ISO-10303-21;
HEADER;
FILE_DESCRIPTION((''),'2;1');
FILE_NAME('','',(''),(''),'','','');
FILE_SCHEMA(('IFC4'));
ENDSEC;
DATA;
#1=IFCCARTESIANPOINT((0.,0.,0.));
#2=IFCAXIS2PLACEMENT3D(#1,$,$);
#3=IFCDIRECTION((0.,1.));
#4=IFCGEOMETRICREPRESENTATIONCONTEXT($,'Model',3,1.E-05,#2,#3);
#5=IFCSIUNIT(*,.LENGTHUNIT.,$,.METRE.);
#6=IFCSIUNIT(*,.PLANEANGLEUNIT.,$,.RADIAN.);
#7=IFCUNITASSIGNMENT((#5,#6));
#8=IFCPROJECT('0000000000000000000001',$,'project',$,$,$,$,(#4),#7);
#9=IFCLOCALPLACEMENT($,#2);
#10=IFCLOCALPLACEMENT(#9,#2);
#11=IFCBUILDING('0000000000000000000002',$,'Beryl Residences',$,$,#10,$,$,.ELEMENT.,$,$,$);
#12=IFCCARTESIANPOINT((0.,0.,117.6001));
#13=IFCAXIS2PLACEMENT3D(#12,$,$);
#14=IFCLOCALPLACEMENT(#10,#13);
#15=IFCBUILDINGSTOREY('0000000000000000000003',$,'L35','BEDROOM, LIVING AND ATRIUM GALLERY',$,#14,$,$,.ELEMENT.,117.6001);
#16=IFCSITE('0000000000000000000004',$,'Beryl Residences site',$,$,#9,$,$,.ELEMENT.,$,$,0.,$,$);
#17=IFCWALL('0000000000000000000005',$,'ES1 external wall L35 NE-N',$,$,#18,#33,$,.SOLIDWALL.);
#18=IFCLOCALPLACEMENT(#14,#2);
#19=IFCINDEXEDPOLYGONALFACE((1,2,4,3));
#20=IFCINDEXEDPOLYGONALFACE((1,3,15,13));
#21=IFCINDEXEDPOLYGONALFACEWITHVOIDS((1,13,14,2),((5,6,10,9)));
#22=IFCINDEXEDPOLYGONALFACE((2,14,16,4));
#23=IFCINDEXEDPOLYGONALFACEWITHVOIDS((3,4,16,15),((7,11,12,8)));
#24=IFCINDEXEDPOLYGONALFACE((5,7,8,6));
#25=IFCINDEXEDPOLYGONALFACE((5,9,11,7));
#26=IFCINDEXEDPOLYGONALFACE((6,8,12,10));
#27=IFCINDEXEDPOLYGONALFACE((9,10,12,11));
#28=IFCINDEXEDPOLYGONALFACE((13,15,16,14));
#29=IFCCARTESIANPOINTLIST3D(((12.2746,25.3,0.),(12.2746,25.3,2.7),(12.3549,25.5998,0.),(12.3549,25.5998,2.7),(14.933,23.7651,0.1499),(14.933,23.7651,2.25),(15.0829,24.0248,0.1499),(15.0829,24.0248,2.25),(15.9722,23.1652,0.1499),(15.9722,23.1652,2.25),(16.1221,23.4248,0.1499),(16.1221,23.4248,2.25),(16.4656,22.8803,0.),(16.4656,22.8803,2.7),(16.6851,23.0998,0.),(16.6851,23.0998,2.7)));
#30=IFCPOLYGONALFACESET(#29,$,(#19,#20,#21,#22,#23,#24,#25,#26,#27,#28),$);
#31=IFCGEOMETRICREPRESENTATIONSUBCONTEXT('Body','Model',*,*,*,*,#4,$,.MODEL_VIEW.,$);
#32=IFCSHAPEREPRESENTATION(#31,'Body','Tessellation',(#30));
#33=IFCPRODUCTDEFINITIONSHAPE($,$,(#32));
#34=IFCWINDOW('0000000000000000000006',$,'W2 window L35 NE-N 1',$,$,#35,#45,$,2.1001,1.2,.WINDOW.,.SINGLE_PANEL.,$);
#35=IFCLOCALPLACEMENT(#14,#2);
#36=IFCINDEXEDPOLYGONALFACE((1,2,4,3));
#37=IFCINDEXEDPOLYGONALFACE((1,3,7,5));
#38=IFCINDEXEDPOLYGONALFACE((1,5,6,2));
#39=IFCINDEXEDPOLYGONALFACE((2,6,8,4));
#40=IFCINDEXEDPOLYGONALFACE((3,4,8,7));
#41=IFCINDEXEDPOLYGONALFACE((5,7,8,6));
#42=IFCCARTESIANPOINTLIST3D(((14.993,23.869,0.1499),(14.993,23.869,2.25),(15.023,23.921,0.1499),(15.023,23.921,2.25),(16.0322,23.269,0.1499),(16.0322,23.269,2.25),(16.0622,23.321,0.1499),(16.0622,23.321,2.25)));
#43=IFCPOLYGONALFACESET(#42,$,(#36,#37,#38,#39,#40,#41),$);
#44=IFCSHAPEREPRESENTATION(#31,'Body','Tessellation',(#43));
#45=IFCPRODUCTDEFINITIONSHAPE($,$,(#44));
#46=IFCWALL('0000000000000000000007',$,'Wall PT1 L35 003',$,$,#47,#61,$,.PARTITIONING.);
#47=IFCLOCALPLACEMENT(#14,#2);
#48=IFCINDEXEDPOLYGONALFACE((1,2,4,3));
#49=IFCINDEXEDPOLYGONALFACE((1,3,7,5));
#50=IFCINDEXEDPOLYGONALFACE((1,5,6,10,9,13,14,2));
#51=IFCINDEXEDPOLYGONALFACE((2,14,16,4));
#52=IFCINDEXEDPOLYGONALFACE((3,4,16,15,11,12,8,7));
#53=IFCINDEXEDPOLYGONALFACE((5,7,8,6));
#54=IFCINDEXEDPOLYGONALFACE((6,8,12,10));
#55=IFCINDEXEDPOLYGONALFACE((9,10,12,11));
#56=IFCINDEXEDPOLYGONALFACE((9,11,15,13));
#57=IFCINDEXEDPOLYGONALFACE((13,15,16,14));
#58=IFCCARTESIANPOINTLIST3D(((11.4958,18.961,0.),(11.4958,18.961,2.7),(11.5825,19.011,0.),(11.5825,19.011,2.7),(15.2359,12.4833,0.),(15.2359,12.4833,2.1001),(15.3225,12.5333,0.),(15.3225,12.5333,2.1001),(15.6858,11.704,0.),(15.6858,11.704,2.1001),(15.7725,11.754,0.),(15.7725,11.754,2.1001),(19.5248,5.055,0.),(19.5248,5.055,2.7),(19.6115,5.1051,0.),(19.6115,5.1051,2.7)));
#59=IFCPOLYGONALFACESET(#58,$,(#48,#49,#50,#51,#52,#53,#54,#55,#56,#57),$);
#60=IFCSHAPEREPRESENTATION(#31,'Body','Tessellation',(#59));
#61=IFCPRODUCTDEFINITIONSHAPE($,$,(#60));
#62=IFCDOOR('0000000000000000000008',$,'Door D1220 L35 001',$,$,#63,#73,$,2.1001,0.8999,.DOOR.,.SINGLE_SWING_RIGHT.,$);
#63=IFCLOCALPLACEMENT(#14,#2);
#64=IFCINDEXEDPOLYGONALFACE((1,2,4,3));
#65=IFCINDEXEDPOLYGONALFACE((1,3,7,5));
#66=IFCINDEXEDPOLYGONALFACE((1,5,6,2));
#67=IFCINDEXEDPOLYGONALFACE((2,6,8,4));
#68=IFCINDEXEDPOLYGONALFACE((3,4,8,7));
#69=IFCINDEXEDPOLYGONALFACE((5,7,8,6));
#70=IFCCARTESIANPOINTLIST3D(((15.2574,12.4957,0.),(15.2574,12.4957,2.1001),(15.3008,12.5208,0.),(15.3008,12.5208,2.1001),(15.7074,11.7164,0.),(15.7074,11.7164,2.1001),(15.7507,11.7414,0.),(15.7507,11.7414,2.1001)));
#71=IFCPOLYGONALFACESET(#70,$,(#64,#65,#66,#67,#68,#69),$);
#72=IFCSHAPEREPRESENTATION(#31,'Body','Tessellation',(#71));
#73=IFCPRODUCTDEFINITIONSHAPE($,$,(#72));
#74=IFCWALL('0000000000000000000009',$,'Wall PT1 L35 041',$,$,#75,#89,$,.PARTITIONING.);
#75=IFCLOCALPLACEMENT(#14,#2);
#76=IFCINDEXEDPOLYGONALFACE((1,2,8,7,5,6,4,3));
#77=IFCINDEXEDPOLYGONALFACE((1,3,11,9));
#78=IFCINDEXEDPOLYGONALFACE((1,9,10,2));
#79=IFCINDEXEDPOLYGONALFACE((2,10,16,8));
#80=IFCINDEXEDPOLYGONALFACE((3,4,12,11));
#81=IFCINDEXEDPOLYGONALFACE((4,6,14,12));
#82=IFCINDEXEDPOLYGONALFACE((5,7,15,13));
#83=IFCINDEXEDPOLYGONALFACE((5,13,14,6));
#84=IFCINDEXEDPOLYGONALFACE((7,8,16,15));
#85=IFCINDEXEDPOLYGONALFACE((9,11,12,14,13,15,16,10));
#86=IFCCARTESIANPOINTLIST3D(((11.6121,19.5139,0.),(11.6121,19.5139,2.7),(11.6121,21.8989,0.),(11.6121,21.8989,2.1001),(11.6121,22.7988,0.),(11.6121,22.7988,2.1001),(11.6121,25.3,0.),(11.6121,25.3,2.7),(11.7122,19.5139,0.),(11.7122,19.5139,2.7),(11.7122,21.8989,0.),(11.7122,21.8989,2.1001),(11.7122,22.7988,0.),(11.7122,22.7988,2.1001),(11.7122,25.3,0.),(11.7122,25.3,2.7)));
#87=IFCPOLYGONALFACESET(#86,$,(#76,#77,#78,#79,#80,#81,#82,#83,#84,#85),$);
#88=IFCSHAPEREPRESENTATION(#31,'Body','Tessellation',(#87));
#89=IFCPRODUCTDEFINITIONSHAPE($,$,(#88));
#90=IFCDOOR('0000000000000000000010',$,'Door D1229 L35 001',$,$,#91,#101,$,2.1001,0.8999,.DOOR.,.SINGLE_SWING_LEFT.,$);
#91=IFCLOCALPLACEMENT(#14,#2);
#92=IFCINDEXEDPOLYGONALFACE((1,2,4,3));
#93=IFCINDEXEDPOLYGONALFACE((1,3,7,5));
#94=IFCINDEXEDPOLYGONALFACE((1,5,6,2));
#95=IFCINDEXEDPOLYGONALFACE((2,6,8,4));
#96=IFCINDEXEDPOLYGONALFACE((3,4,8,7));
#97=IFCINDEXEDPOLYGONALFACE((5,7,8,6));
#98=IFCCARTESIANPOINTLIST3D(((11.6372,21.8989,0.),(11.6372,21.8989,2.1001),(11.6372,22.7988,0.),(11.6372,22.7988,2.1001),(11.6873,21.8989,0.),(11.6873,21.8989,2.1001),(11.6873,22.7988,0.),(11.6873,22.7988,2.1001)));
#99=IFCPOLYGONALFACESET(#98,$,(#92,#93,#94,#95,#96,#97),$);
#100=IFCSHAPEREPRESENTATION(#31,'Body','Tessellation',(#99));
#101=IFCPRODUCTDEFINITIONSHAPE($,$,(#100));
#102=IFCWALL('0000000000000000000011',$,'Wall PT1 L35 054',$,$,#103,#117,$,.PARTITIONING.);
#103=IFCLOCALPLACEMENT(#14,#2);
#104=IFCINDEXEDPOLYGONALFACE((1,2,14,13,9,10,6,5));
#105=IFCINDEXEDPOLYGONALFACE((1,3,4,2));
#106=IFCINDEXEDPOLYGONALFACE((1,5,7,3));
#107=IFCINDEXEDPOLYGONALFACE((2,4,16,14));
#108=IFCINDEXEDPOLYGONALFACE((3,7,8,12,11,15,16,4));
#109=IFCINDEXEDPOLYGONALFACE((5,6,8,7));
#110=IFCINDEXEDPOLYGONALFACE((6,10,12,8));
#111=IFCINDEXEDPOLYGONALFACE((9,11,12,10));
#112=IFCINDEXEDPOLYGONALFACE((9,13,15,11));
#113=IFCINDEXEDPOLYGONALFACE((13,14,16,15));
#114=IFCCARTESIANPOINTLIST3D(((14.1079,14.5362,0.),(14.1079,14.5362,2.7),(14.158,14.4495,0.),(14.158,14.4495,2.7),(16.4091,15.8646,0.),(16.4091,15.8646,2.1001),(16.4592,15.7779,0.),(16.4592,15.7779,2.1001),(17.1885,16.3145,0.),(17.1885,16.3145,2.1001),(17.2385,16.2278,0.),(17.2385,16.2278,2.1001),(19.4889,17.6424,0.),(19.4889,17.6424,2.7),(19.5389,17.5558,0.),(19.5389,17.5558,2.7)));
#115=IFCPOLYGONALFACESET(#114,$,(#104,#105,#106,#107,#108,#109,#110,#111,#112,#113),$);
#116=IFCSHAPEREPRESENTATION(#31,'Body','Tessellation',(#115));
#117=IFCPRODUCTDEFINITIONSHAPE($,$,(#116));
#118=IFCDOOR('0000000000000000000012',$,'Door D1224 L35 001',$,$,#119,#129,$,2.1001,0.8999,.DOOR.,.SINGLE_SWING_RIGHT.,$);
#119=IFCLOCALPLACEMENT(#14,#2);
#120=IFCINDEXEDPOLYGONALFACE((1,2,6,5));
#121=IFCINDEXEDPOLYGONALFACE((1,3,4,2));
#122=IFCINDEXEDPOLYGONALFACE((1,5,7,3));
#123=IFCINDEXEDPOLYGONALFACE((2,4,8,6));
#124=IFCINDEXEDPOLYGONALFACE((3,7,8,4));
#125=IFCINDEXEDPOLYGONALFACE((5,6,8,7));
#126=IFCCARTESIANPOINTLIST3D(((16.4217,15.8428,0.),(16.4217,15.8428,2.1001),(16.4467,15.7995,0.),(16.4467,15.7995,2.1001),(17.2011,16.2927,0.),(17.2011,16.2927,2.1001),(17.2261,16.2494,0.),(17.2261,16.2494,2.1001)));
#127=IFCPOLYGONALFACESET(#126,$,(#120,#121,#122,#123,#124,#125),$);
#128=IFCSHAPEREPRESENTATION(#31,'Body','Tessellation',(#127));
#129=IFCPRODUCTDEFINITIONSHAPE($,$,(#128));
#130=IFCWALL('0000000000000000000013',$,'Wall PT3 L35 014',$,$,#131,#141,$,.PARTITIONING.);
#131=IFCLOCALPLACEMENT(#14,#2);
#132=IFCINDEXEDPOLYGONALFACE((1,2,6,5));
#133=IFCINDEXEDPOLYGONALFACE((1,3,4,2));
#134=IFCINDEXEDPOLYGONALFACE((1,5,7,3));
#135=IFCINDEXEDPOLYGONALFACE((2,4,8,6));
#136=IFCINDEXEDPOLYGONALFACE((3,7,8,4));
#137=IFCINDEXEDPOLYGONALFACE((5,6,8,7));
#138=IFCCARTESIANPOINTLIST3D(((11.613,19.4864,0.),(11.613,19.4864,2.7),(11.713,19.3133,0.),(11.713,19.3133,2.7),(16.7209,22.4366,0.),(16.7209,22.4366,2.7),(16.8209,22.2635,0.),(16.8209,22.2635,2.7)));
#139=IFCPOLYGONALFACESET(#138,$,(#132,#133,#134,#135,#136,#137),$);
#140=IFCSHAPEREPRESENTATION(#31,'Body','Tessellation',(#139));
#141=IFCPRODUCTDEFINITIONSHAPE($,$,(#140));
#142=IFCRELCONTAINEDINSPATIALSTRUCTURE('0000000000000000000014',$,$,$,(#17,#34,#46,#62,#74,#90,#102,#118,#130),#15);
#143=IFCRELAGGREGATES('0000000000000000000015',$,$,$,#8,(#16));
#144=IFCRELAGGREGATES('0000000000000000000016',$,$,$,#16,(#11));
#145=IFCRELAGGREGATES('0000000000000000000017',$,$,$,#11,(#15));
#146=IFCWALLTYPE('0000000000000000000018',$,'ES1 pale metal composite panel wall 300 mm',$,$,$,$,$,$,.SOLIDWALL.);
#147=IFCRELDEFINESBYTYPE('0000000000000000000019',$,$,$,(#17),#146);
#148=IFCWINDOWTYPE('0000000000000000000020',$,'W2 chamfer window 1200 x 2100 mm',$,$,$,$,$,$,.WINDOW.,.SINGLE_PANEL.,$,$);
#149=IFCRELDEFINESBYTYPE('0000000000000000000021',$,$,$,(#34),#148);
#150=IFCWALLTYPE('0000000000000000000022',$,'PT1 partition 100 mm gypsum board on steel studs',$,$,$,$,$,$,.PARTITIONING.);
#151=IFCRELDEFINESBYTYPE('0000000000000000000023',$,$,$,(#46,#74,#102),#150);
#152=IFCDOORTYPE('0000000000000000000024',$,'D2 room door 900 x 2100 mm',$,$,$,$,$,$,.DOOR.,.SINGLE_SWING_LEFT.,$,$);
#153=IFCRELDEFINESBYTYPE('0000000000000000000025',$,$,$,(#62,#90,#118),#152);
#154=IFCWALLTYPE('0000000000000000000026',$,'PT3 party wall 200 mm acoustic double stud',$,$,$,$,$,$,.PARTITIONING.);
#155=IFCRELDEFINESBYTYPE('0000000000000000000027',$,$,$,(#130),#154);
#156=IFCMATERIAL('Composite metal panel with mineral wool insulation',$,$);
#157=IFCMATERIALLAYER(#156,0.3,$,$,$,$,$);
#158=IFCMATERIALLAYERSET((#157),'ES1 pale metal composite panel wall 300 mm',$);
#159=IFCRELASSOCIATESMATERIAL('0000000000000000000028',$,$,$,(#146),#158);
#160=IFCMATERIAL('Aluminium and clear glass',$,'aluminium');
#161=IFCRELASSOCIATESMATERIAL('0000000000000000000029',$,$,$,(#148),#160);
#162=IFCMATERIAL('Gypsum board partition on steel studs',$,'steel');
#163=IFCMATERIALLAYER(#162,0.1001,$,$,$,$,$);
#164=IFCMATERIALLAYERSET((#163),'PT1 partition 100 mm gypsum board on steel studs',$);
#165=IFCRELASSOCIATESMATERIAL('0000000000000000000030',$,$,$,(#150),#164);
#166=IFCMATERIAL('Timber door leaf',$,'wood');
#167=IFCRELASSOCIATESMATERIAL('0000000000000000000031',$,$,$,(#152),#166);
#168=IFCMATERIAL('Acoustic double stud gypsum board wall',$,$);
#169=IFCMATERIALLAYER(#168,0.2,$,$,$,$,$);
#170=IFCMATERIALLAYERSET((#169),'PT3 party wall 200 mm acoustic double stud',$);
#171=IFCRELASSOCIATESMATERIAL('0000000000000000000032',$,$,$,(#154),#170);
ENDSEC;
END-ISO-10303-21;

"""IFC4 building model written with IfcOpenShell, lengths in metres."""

from ifc_helpers import new_model, si_unit, direction, frame, frame_2d, origin, place, context, subcontext, project, spatial, polyline, rectangle, outline, extrude, material, layer, layer_set, type_object, element, fill, save


model = new_model("IFC4")

# Units and contexts
model_context = context("Model", 3, precision=1e-05, world=origin(), true_north=direction((0.0, 1.0)))
body_context = subcontext(model_context, "Body", "Model", "MODEL_VIEW")
ifc_project = project(units=[si_unit("LENGTHUNIT", "METRE"), si_unit("PLANEANGLEUNIT", "RADIAN")], contexts=[model_context])

# Site, building, storey
site_placement = place(None, origin())
site = spatial("IfcSite", under=ifc_project, at=site_placement, Name="Beryl Residences site", CompositionType="ELEMENT", RefElevation=0.0)
building_placement = place(site_placement, origin())
building = spatial("IfcBuilding", under=site, at=building_placement, Name="Beryl Residences", CompositionType="ELEMENT")
storey_placement = place(building_placement, frame((0.0, 0.0, 117.6001)))
storey = spatial("IfcBuildingStorey", under=building, at=storey_placement, Name="L35", Description="BEDROOM, LIVING AND ATRIUM GALLERY", CompositionType="ELEMENT", Elevation=117.6001)

# Shared definitions
ifc_material_1 = material(Name="Composite metal panel with mineral wool insulation")
ifc_layer_1 = layer(ifc_material_1, 0.3)
ifc_layer_set_1 = layer_set([ifc_layer_1], Name="ES1 pale metal composite panel wall 300 mm")
wall_type_1 = type_object("IfcWallType", Name="ES1 pale metal composite panel wall 300 mm", PredefinedType="SOLIDWALL", material=ifc_layer_set_1)

# Wall, opening, window
wall_1_placement = place(storey_placement, frame((16.6101, 22.97, 0.0), z_axis=(0.0, 0.0, 1.0), x_axis=(-0.866023, 0.500004, 0.0)))
wall_1 = element("IfcWall", 1, at=wall_1_placement, inside=storey, type_object=wall_type_1, Name="ES1 external wall L35 NE-N", PredefinedType="SOLIDWALL", context=body_context, shape_type="SweptSolid", body=[
    extrude(outline(polyline([(0.0, -0.1499), (5.0, -0.1499), (4.9197, 0.1499), (0.0803, 0.1499), (0.0, -0.1499)])), origin(), (0.0, 0.0, 1.0), 2.7),
])
opening_1_placement = place(wall_1_placement, frame((0.6499, 0.0, 0.1499)))
opening_1 = element("IfcOpeningElement", 2, at=opening_1_placement, cuts=wall_1, PredefinedType="OPENING", context=body_context, shape_type="SweptSolid", body=[
    extrude(rectangle(XDim=1.2, YDim=2.1001, at=frame_2d((0.6001, 1.05))), frame((0.0, 0.1599, 0.0), z_axis=(0.0, -1.0, 0.0), x_axis=(1.0, 0.0, 0.0)), (0.0, 0.0, 1.0), 0.3201),
])
ifc_material_2 = material(Name="Aluminium and clear glass", Category="aluminium")
window_type_1 = type_object("IfcWindowType", Name="W2 chamfer window 1200 x 2100 mm", PartitioningType="SINGLE_PANEL", PredefinedType="WINDOW", material=ifc_material_2)
window_1_placement = place(opening_1_placement, origin())
window_1 = element("IfcWindow", 3, at=window_1_placement, inside=storey, type_object=window_type_1, Name="W2 window L35 NE-N 1", OverallHeight=2.1001, OverallWidth=1.2, PartitioningType="SINGLE_PANEL", PredefinedType="WINDOW", context=body_context, shape_type="SweptSolid", body=[
    extrude(rectangle(XDim=1.2, YDim=2.1001, at=frame_2d((0.6001, 1.05))), frame((0.0, 0.03, 0.0), z_axis=(0.0, -1.0, 0.0), x_axis=(1.0, 0.0, 0.0)), (0.0, 0.0, 1.0), 0.0601),
])
fill(opening_1, window_1)

# Walls, openings, doors
ifc_material_3 = material(Name="Gypsum board partition on steel studs", Category="steel")
ifc_layer_2 = layer(ifc_material_3, 0.1001)
ifc_layer_set_2 = layer_set([ifc_layer_2], Name="PT1 partition 100 mm gypsum board on steel studs")
wall_type_2 = type_object("IfcWallType", Name="PT1 partition 100 mm gypsum board on steel studs", PredefinedType="PARTITIONING", material=ifc_layer_set_2)
wall_2_placement = place(storey_placement, frame((11.5391, 18.9861, 0.0), z_axis=(0.0, 0.0, 1.0), x_axis=(0.500019, -0.866014, 0.0)))
wall_2 = element("IfcWall", 4, at=wall_2_placement, inside=storey, type_object=wall_type_2, Name="Wall PT1 L35 003", PredefinedType="PARTITIONING", context=body_context, shape_type="SweptSolid", body=[
    extrude(rectangle(XDim=16.0574, YDim=0.1001, at=frame_2d((8.0288, 0.0))), origin(), (0.0, 0.0, 1.0), 2.7),
])
opening_2_placement = place(wall_2_placement, frame((7.48, 0.0, 0.0)))
opening_2 = element("IfcOpeningElement", 5, at=opening_2_placement, cuts=wall_2, PredefinedType="OPENING", context=body_context, shape_type="SweptSolid", body=[
    extrude(rectangle(XDim=0.8999, YDim=2.1001, at=frame_2d((0.45, 1.05))), frame((0.0, 0.0601, 0.0), z_axis=(0.0, -1.0, 0.0), x_axis=(1.0, 0.0, 0.0)), (0.0, 0.0, 1.0), 0.1201),
])
ifc_material_4 = material(Name="Timber door leaf", Category="wood")
door_type = type_object("IfcDoorType", Name="D2 room door 900 x 2100 mm", OperationType="SINGLE_SWING_LEFT", PredefinedType="DOOR", material=ifc_material_4)
door_1_placement = place(opening_2_placement, origin())
door_1 = element("IfcDoor", 6, at=door_1_placement, inside=storey, type_object=door_type, Name="Door D1220 L35 001", OperationType="SINGLE_SWING_RIGHT", OverallHeight=2.1001, OverallWidth=0.8999, PredefinedType="DOOR", context=body_context, shape_type="SweptSolid", body=[
    extrude(rectangle(XDim=0.8999, YDim=2.1001, at=frame_2d((0.45, 1.05))), frame((0.0, 0.0249, 0.0), z_axis=(0.0, -1.0, 0.0), x_axis=(1.0, 0.0, 0.0)), (0.0, 0.0, 1.0), 0.05),
])
fill(opening_2, door_1)
wall_3_placement = place(storey_placement, frame((11.6621, 19.5139, 0.0), z_axis=(0.0, 0.0, 1.0), x_axis=(0.0, 1.0, 0.0)))
wall_3 = element("IfcWall", 7, at=wall_3_placement, inside=storey, type_object=wall_type_2, Name="Wall PT1 L35 041", PredefinedType="PARTITIONING", context=body_context, shape_type="SweptSolid", body=[
    extrude(rectangle(XDim=5.7861, YDim=0.1001, at=frame_2d((2.8931, 0.0))), origin(), (0.0, 0.0, 1.0), 2.7),
])
opening_3_placement = place(wall_3_placement, frame((2.385, 0.0, 0.0)))
opening_3 = element("IfcOpeningElement", 8, at=opening_3_placement, cuts=wall_3, PredefinedType="OPENING", context=body_context, shape_type="SweptSolid", body=[
    extrude(rectangle(XDim=0.8999, YDim=2.1001, at=frame_2d((0.45, 1.05))), frame((0.0, 0.0601, 0.0), z_axis=(0.0, -1.0, 0.0), x_axis=(1.0, 0.0, 0.0)), (0.0, 0.0, 1.0), 0.1201),
])
door_2_placement = place(opening_3_placement, origin())
door_2 = element("IfcDoor", 9, at=door_2_placement, inside=storey, type_object=door_type, Name="Door D1229 L35 001", OperationType="SINGLE_SWING_LEFT", OverallHeight=2.1001, OverallWidth=0.8999, PredefinedType="DOOR", context=body_context, shape_type="SweptSolid", body=[
    extrude(rectangle(XDim=0.8999, YDim=2.1001, at=frame_2d((0.45, 1.05))), frame((0.0, 0.0249, 0.0), z_axis=(0.0, -1.0, 0.0), x_axis=(1.0, 0.0, 0.0)), (0.0, 0.0, 1.0), 0.05),
])
fill(opening_3, door_2)
wall_4_placement = place(storey_placement, frame((14.1331, 14.4929, 0.0), z_axis=(0.0, 0.0, 1.0), x_axis=(0.866056, 0.499947, 0.0)))
wall_4 = element("IfcWall", 10, at=wall_4_placement, inside=storey, type_object=wall_type_2, Name="Wall PT1 L35 054", PredefinedType="PARTITIONING", context=body_context, shape_type="SweptSolid", body=[
    extrude(rectangle(XDim=6.2131, YDim=0.1001, at=frame_2d((3.1064, 0.0))), origin(), (0.0, 0.0, 1.0), 2.7),
])
opening_4_placement = place(wall_4_placement, frame((2.657, 0.0, 0.0)))
opening_4 = element("IfcOpeningElement", 11, at=opening_4_placement, cuts=wall_4, PredefinedType="OPENING", context=body_context, shape_type="SweptSolid", body=[
    extrude(rectangle(XDim=0.8999, YDim=2.1001, at=frame_2d((0.45, 1.05))), frame((0.0, 0.0601, 0.0), z_axis=(0.0, -1.0, 0.0), x_axis=(1.0, 0.0, 0.0)), (0.0, 0.0, 1.0), 0.1201),
])
door_3_placement = place(opening_4_placement, origin())
door_3 = element("IfcDoor", 12, at=door_3_placement, inside=storey, type_object=door_type, Name="Door D1224 L35 001", OperationType="SINGLE_SWING_RIGHT", OverallHeight=2.1001, OverallWidth=0.8999, PredefinedType="DOOR", context=body_context, shape_type="SweptSolid", body=[
    extrude(rectangle(XDim=0.8999, YDim=2.1001, at=frame_2d((0.45, 1.05))), frame((0.0, 0.0249, 0.0), z_axis=(0.0, -1.0, 0.0), x_axis=(1.0, 0.0, 0.0)), (0.0, 0.0, 1.0), 0.05),
])
fill(opening_4, door_3)

# Wall
ifc_material_5 = material(Name="Acoustic double stud gypsum board wall")
ifc_layer_3 = layer(ifc_material_5, 0.2)
ifc_layer_set_3 = layer_set([ifc_layer_3], Name="PT3 party wall 200 mm acoustic double stud")
wall_type_3 = type_object("IfcWallType", Name="PT3 party wall 200 mm acoustic double stud", PredefinedType="PARTITIONING", material=ifc_layer_set_3)
wall_5_placement = place(storey_placement, frame((11.6631, 19.3999, 0.0), z_axis=(0.0, 0.0, 1.0), x_axis=(0.865942, 0.500145, 0.0)))
element("IfcWall", 13, at=wall_5_placement, inside=storey, type_object=wall_type_3, Name="Wall PT3 L35 014", PredefinedType="PARTITIONING", context=body_context, shape_type="SweptSolid", body=[
    extrude(rectangle(XDim=5.8987, YDim=0.2, at=frame_2d((2.9492, 0.0))), origin(), (0.0, 0.0, 1.0), 2.7),
])

save(model, "model.ifc")
